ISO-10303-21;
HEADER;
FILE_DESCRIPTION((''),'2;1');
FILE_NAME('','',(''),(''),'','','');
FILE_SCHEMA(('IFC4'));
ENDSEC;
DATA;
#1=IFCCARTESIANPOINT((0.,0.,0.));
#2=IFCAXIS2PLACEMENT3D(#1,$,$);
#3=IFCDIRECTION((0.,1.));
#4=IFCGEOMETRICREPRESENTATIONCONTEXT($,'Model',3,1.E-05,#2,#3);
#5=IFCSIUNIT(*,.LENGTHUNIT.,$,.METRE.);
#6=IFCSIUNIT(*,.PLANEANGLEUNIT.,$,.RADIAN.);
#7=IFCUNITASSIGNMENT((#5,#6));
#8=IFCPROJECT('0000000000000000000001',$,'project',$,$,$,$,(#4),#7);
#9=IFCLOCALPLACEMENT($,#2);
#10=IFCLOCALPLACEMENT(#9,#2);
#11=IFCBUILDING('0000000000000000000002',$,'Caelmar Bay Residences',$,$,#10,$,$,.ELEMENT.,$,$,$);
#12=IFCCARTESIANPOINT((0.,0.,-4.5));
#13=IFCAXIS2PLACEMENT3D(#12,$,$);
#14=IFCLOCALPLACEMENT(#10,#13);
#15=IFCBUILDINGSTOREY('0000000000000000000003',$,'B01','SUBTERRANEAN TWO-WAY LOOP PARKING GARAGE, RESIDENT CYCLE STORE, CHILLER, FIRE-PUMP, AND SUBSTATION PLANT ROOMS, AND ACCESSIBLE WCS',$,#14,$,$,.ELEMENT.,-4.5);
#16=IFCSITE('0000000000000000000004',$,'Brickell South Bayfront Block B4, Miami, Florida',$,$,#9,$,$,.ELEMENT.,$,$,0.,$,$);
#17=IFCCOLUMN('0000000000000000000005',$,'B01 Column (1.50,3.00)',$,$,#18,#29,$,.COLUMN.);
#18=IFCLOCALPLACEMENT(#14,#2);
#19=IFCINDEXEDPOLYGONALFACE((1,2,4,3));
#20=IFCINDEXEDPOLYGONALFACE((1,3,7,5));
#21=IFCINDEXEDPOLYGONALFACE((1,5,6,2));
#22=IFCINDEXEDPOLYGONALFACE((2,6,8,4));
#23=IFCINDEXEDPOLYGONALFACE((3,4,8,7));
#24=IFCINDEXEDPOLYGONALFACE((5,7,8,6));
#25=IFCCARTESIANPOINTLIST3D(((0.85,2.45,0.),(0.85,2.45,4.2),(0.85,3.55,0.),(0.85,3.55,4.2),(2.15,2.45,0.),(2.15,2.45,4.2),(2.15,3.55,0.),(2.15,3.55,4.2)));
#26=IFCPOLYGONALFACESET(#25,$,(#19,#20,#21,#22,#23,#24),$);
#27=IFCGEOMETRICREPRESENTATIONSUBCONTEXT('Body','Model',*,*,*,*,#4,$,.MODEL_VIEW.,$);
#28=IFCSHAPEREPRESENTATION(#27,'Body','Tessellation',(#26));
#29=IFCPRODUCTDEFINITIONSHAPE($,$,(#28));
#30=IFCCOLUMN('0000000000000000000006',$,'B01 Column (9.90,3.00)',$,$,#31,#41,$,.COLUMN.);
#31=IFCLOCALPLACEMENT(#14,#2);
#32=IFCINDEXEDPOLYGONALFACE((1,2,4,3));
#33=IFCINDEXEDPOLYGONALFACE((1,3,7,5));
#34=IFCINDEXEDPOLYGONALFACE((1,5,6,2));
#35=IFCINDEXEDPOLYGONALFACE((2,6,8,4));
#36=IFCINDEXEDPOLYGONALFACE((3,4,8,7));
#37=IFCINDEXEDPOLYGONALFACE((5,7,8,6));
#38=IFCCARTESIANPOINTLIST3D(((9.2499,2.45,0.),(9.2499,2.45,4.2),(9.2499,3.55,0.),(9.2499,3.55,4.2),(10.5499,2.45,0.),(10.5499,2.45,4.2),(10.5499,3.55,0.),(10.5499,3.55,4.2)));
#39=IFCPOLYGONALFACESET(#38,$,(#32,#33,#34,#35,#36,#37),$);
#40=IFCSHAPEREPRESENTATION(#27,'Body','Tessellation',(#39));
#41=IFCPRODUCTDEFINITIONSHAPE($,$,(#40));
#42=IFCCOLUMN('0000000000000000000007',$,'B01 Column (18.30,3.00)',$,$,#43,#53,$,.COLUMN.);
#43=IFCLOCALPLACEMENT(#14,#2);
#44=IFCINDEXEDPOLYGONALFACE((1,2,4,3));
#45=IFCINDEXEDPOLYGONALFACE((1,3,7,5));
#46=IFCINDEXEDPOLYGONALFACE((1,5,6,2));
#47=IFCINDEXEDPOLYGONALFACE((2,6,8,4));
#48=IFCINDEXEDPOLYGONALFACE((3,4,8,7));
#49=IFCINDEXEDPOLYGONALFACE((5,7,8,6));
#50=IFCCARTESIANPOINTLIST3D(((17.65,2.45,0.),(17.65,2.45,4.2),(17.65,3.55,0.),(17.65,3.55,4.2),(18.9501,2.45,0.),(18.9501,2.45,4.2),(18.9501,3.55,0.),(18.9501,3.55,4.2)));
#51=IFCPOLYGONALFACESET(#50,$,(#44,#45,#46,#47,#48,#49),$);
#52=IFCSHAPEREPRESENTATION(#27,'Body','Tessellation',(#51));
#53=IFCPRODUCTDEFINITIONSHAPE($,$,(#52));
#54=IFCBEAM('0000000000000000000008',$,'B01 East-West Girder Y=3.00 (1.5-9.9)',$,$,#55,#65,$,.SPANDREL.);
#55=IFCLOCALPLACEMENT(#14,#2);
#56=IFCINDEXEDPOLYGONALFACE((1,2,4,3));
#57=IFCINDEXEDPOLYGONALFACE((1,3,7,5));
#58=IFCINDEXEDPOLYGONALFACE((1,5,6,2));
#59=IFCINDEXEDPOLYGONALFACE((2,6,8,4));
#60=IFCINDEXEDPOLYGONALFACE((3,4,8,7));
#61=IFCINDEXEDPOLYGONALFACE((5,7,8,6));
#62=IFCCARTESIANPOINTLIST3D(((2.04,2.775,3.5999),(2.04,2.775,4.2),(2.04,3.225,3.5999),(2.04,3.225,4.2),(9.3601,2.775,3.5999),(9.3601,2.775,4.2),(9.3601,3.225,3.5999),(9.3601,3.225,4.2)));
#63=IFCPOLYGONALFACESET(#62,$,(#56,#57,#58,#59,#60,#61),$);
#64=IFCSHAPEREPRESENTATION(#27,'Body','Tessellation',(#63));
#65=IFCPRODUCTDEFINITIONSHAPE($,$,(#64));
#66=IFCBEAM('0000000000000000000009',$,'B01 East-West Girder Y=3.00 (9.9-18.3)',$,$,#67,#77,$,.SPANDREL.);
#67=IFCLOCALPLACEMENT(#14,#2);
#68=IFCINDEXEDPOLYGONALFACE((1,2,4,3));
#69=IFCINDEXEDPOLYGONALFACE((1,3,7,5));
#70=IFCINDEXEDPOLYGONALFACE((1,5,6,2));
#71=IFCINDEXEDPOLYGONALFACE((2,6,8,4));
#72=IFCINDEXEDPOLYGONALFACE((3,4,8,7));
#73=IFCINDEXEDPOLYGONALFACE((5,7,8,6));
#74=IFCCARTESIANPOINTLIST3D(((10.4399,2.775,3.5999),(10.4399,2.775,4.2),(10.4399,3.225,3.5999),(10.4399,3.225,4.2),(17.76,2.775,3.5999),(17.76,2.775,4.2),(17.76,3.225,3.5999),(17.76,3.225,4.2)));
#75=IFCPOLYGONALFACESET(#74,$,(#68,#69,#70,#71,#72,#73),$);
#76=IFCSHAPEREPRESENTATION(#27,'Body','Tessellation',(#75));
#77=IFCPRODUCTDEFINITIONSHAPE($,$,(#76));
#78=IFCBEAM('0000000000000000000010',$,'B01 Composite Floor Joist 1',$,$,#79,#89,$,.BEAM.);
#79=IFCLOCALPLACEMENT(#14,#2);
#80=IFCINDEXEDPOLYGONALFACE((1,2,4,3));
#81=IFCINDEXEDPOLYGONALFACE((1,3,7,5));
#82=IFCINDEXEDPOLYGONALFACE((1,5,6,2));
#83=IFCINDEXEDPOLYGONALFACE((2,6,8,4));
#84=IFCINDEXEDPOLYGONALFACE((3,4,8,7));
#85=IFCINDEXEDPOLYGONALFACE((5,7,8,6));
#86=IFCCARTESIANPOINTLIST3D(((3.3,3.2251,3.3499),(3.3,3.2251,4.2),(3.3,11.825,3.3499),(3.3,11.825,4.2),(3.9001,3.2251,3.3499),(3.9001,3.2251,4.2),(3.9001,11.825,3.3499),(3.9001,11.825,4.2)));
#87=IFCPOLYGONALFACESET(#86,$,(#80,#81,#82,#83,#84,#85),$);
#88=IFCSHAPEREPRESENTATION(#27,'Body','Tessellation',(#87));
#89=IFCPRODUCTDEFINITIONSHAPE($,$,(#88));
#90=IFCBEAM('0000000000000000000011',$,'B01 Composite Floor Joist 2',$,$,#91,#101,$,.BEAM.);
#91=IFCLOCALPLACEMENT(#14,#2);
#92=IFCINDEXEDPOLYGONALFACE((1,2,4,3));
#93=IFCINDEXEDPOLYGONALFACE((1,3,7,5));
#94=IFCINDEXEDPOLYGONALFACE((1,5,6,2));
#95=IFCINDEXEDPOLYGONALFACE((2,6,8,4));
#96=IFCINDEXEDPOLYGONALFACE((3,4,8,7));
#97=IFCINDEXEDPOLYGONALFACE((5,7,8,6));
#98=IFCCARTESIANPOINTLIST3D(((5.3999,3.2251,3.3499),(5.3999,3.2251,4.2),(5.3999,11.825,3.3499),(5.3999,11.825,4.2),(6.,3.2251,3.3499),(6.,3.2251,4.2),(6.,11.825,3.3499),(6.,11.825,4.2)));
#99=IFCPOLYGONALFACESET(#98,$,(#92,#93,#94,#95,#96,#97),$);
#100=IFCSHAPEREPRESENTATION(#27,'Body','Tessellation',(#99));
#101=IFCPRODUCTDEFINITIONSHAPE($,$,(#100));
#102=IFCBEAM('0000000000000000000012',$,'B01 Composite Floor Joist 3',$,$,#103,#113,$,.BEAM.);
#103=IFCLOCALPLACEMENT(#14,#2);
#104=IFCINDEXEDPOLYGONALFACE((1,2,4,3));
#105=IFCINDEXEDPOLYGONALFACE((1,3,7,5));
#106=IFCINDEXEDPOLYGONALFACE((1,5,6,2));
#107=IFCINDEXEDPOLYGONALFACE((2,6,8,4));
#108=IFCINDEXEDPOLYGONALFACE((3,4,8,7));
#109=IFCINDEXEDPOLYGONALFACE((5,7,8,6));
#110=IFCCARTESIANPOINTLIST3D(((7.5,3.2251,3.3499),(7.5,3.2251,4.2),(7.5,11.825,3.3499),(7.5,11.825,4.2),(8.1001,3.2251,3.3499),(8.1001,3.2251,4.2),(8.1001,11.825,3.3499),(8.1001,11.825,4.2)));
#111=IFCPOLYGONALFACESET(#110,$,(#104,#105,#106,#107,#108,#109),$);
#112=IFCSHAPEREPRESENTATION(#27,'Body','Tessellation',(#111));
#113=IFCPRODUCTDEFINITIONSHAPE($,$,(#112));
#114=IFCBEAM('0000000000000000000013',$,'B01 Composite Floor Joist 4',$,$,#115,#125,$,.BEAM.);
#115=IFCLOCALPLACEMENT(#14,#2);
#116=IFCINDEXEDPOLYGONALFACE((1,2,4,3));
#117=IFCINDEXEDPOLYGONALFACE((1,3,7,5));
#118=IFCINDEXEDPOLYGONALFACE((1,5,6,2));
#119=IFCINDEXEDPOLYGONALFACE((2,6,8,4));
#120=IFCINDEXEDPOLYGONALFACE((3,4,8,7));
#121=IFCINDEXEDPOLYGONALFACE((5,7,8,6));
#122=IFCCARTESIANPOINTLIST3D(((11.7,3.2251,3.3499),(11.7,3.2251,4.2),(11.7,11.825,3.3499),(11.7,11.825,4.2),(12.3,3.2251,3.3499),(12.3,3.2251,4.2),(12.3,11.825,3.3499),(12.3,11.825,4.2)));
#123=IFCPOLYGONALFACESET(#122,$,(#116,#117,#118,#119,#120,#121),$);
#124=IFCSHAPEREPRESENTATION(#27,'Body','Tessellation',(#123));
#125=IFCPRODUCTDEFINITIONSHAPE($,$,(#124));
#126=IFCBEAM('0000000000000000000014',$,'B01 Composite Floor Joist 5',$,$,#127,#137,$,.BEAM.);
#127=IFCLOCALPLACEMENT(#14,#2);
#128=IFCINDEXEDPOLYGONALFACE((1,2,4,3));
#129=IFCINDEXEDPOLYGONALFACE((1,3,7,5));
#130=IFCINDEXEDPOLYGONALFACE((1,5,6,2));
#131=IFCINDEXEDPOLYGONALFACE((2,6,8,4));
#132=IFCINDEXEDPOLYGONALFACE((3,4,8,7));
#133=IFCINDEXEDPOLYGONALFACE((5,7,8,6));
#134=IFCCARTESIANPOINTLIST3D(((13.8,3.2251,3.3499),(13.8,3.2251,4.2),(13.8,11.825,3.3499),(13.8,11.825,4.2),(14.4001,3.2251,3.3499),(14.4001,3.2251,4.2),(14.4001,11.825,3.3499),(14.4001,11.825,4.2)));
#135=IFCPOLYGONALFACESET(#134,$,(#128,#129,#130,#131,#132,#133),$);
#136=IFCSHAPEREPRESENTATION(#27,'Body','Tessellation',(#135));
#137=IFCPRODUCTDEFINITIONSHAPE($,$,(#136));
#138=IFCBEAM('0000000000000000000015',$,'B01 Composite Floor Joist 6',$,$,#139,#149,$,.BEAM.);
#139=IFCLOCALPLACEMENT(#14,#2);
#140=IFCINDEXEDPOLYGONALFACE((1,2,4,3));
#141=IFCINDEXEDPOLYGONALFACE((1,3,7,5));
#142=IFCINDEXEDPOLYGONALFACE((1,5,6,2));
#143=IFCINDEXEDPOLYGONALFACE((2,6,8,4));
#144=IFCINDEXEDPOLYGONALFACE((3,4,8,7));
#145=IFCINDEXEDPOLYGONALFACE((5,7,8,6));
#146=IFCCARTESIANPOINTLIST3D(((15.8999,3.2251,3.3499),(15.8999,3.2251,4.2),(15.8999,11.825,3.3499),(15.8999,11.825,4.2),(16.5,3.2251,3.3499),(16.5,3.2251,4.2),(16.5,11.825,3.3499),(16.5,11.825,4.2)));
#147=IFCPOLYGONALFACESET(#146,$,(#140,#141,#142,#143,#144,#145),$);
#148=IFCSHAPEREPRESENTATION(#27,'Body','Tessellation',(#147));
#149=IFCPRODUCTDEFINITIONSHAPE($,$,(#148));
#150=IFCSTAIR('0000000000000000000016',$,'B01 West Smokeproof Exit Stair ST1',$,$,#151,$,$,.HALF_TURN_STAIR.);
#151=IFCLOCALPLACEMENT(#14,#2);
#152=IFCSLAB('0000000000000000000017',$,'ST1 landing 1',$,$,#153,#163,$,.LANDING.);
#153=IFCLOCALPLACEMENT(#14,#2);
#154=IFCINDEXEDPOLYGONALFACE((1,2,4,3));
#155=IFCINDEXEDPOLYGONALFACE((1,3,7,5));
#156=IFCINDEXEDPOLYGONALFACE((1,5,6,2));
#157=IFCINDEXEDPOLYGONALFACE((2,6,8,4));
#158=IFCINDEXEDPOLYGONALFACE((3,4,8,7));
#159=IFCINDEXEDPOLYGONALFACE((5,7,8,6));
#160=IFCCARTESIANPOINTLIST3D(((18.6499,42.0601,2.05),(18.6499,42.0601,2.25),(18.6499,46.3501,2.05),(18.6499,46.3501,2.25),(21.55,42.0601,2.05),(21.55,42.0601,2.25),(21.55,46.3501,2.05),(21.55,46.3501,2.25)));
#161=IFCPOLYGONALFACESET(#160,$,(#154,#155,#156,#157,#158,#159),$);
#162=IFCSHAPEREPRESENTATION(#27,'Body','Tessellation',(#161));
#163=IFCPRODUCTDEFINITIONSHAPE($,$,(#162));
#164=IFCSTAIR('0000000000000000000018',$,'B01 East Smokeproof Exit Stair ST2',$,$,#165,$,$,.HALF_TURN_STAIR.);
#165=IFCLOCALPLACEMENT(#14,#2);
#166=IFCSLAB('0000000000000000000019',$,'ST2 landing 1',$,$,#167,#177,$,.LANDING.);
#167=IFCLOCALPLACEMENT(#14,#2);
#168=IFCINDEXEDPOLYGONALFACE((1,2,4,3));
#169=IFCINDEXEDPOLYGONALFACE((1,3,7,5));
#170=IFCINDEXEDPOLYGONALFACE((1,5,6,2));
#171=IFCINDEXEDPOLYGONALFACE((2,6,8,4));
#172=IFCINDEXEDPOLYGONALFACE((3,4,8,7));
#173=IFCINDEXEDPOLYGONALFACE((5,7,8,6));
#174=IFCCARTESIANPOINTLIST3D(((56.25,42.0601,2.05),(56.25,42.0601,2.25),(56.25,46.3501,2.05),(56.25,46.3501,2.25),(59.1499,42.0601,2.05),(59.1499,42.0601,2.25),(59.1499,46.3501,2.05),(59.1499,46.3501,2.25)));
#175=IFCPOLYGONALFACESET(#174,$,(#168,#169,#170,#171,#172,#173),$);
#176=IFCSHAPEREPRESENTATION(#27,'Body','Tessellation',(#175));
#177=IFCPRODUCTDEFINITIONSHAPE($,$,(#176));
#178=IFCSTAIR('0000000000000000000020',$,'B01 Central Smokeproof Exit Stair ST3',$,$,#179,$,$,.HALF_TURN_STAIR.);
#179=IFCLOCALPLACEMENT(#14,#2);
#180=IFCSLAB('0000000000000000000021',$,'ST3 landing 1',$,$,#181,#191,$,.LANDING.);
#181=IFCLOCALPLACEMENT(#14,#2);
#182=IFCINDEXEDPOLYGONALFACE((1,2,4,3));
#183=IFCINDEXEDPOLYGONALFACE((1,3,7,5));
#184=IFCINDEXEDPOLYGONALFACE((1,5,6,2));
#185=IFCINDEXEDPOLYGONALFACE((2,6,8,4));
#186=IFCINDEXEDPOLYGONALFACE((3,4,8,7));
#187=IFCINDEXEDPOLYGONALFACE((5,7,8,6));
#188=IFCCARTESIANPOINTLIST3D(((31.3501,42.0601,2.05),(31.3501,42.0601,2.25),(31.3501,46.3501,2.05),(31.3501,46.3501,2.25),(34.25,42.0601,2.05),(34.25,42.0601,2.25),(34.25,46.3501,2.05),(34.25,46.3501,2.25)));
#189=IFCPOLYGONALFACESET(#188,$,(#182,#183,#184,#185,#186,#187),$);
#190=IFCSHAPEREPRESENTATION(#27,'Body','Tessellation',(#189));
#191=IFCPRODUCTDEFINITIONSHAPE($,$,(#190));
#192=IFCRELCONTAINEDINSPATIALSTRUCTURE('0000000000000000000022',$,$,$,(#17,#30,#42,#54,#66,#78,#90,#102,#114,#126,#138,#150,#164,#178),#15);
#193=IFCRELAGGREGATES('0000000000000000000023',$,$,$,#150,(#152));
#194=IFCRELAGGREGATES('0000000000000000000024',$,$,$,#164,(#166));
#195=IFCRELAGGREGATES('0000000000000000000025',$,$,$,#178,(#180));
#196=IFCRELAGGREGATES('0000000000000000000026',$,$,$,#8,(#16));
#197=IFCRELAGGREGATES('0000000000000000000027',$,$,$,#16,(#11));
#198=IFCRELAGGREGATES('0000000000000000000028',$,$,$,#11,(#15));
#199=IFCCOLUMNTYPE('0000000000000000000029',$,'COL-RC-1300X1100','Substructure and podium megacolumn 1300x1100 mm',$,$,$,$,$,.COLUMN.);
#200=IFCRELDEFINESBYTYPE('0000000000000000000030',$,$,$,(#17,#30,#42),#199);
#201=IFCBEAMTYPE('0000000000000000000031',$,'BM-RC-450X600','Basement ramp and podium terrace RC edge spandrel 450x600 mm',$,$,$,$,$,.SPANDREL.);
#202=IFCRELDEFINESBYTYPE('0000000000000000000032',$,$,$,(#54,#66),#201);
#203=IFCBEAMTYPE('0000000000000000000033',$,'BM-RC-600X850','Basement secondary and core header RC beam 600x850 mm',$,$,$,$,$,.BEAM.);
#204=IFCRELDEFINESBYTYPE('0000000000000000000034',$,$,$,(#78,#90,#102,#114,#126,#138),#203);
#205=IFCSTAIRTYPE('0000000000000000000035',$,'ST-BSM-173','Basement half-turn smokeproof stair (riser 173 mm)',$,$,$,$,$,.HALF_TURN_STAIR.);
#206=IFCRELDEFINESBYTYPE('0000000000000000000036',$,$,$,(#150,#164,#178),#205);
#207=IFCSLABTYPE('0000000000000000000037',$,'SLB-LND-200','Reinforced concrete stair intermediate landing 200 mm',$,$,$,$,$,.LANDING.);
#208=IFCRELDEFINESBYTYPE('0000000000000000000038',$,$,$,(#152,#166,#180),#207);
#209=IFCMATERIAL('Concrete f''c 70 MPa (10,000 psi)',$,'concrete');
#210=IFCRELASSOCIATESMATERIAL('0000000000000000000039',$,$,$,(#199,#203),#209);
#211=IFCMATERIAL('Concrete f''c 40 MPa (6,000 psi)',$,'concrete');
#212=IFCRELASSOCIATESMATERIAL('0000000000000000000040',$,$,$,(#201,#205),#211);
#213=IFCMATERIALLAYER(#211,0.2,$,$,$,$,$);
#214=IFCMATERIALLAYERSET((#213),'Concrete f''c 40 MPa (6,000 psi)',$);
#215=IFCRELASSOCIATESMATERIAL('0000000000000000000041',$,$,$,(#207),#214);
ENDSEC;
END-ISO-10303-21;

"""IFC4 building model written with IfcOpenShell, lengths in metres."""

from ifc_helpers import new_model, si_unit, direction, frame, origin, origin_2d, place, context, subcontext, project, spatial, polyline, rectangle, outline, extrude, material, layer, layer_set, material_profile, profile_set, type_object, element, aggregate, save


model = new_model("IFC4")

# Units and contexts
model_context = context("Model", 3, precision=1e-05, world=origin(), true_north=direction((0.0, 1.0)))
body_context = subcontext(model_context, "Body", "Model", "MODEL_VIEW")
ifc_project = project(units=[si_unit("LENGTHUNIT", "METRE"), si_unit("PLANEANGLEUNIT", "RADIAN")], contexts=[model_context])

# Site, building, storey
site_placement = place(None, origin())
site = spatial("IfcSite", under=ifc_project, at=site_placement, Name="Brickell South Bayfront Block B4, Miami, Florida", CompositionType="ELEMENT", RefElevation=0.0)
building_placement = place(site_placement, origin())
building = spatial("IfcBuilding", under=site, at=building_placement, Name="Caelmar Bay Residences", CompositionType="ELEMENT")
storey_placement = place(building_placement, frame((0.0, 0.0, -4.5)))
storey = spatial("IfcBuildingStorey", under=building, at=storey_placement, Name="B01", Description="SUBTERRANEAN TWO-WAY LOOP PARKING GARAGE, RESIDENT CYCLE STORE, CHILLER, FIRE-PUMP, AND SUBSTATION PLANT ROOMS, AND ACCESSIBLE WCS", CompositionType="ELEMENT", Elevation=-4.5)

# Columns
ifc_material_1 = material(Name="Concrete f'c 70 MPa (10,000 psi)", Category="concrete")
ifc_material_profile_1 = material_profile(ifc_material_1, rectangle(XDim=1.3, YDim=1.1001, at=origin_2d()), Name="RC-COL-1300X1100")
ifc_profile_set_1 = profile_set([ifc_material_profile_1], Name="Concrete f'c 70 MPa (10,000 psi)")
column_type = type_object("IfcColumnType", Name="COL-RC-1300X1100", Description="Substructure and podium megacolumn 1300x1100 mm", PredefinedType="COLUMN", material=ifc_profile_set_1)
for number, where, z_axis, x_axis, name in (
    (1, (1.5, 3.0, 0.0), (0.0, 0.0, 1.0), (1.0, 0.0, 0.0), "B01 Column (1.50,3.00)"),
    (2, (9.8999, 3.0, 0.0), (0.0, 0.0, 1.0), (1.0, 0.0, 0.0), "B01 Column (9.90,3.00)"),
    (3, (18.3, 3.0, 0.0), (0.0, 0.0, 1.0), (1.0, 0.0, 0.0), "B01 Column (18.30,3.00)"),
):
    element("IfcColumn", number, at=place(storey_placement, frame(where, z_axis=z_axis, x_axis=x_axis)), inside=storey, type_object=column_type, Name=name, PredefinedType="COLUMN", context=body_context, shape_type="SweptSolid", body=[
        extrude(rectangle(XDim=1.3, YDim=1.1001, at=origin_2d()), origin(), (0.0, 0.0, 1.0), 4.2),
    ])

# Beams
ifc_material_2 = material(Name="Concrete f'c 40 MPa (6,000 psi)", Category="concrete")
ifc_material_profile_2 = material_profile(ifc_material_2, rectangle(XDim=0.45, YDim=0.6001, at=origin_2d()), Name="RC-BM-450X600")
ifc_profile_set_2 = profile_set([ifc_material_profile_2], Name="Concrete f'c 40 MPa (6,000 psi)")
beam_type_1 = type_object("IfcBeamType", Name="BM-RC-450X600", Description="Basement ramp and podium terrace RC edge spandrel 450x600 mm", PredefinedType="SPANDREL", material=ifc_profile_set_2)
for number, where, z_axis, x_axis, name in (
    (4, (2.04, 3.0, 3.8999), (1.0, 0.0, 0.0), (0.0, 1.0, 0.0), "B01 East-West Girder Y=3.00 (1.5-9.9)"),
    (5, (10.4399, 3.0, 3.8999), (1.0, 0.0, 0.0), (0.0, 1.0, 0.0), "B01 East-West Girder Y=3.00 (9.9-18.3)"),
):
    element("IfcBeam", number, at=place(storey_placement, frame(where, z_axis=z_axis, x_axis=x_axis)), inside=storey, type_object=beam_type_1, Name=name, PredefinedType="SPANDREL", context=body_context, shape_type="SweptSolid", body=[
        extrude(rectangle(XDim=0.45, YDim=0.6001, at=origin_2d()), origin(), (0.0, 0.0, 1.0), 7.3201),
    ])
ifc_material_profile_3 = material_profile(ifc_material_1, rectangle(XDim=0.6001, YDim=0.8501, at=origin_2d()), Name="RC-BM-600X850")
ifc_profile_set_3 = profile_set([ifc_material_profile_3], Name="Concrete f'c 70 MPa (10,000 psi)")
beam_type_2 = type_object("IfcBeamType", Name="BM-RC-600X850", Description="Basement secondary and core header RC beam 600x850 mm", PredefinedType="BEAM", material=ifc_profile_set_3)
for number, where, z_axis, x_axis, name in (
    (6, (3.6001, 3.2251, 3.7749), (0.0, 1.0, 0.0), (-1.0, 0.0, 0.0), "B01 Composite Floor Joist 1"),
    (7, (5.7, 3.2251, 3.7749), (0.0, 1.0, 0.0), (-1.0, 0.0, 0.0), "B01 Composite Floor Joist 2"),
    (8, (7.8, 3.2251, 3.7749), (0.0, 1.0, 0.0), (-1.0, 0.0, 0.0), "B01 Composite Floor Joist 3"),
    (9, (12.0, 3.2251, 3.7749), (0.0, 1.0, 0.0), (-1.0, 0.0, 0.0), "B01 Composite Floor Joist 4"),
    (10, (14.1001, 3.2251, 3.7749), (0.0, 1.0, 0.0), (-1.0, 0.0, 0.0), "B01 Composite Floor Joist 5"),
    (11, (16.2, 3.2251, 3.7749), (0.0, 1.0, 0.0), (-1.0, 0.0, 0.0), "B01 Composite Floor Joist 6"),
):
    element("IfcBeam", number, at=place(storey_placement, frame(where, z_axis=z_axis, x_axis=x_axis)), inside=storey, type_object=beam_type_2, Name=name, PredefinedType="BEAM", context=body_context, shape_type="SweptSolid", body=[
        extrude(rectangle(XDim=0.6001, YDim=0.8501, at=origin_2d()), origin(), (0.0, 0.0, 1.0), 8.5999),
    ])

# Stairs, slabs
stair_type = type_object("IfcStairType", Name="ST-BSM-173", Description="Basement half-turn smokeproof stair (riser 173 mm)", PredefinedType="HALF_TURN_STAIR", material=ifc_material_2)
stair_1_placement = place(storey_placement, origin())
stair_1 = element("IfcStair", 12, at=stair_1_placement, inside=storey, type_object=stair_type, Name="B01 West Smokeproof Exit Stair ST1", PredefinedType="HALF_TURN_STAIR")
ifc_layer_1 = layer(ifc_material_2, 0.2)
ifc_layer_set_1 = layer_set([ifc_layer_1], Name="Concrete f'c 40 MPa (6,000 psi)")
slab_type_1 = type_object("IfcSlabType", Name="SLB-LND-200", Description="Reinforced concrete stair intermediate landing 200 mm", PredefinedType="LANDING", material=ifc_layer_set_1)
slab_1_placement = place(storey_placement, frame((0.0, 0.0, 2.05)))
slab_1 = element("IfcSlab", 13, at=slab_1_placement, type_object=slab_type_1, Name="ST1 landing 1", PredefinedType="LANDING", context=body_context, shape_type="SweptSolid", body=[
    extrude(outline(polyline([(21.55, 42.0601), (21.55, 46.3501), (18.6499, 46.3501), (18.6499, 42.0601), (21.55, 42.0601)])), origin(), (0.0, 0.0, 1.0), 0.2),
])
aggregate(stair_1, [slab_1])
stair_2_placement = place(storey_placement, origin())
stair_2 = element("IfcStair", 14, at=stair_2_placement, inside=storey, type_object=stair_type, Name="B01 East Smokeproof Exit Stair ST2", PredefinedType="HALF_TURN_STAIR")
slab_2_placement = place(storey_placement, frame((0.0, 0.0, 2.05)))
slab_2 = element("IfcSlab", 15, at=slab_2_placement, type_object=slab_type_1, Name="ST2 landing 1", PredefinedType="LANDING", context=body_context, shape_type="SweptSolid", body=[
    extrude(outline(polyline([(59.1499, 42.0601), (59.1499, 46.3501), (56.25, 46.3501), (56.25, 42.0601), (59.1499, 42.0601)])), origin(), (0.0, 0.0, 1.0), 0.2),
])
aggregate(stair_2, [slab_2])
stair_3_placement = place(storey_placement, origin())
stair_3 = element("IfcStair", 16, at=stair_3_placement, inside=storey, type_object=stair_type, Name="B01 Central Smokeproof Exit Stair ST3", PredefinedType="HALF_TURN_STAIR")
slab_3_placement = place(storey_placement, frame((0.0, 0.0, 2.05)))
slab_3 = element("IfcSlab", 17, at=slab_3_placement, type_object=slab_type_1, Name="ST3 landing 1", PredefinedType="LANDING", context=body_context, shape_type="SweptSolid", body=[
    extrude(outline(polyline([(34.25, 42.0601), (34.25, 46.3501), (31.3501, 46.3501), (31.3501, 42.0601), (34.25, 42.0601)])), origin(), (0.0, 0.0, 1.0), 0.2),
])
aggregate(stair_3, [slab_3])

save(model, "model.ifc")
